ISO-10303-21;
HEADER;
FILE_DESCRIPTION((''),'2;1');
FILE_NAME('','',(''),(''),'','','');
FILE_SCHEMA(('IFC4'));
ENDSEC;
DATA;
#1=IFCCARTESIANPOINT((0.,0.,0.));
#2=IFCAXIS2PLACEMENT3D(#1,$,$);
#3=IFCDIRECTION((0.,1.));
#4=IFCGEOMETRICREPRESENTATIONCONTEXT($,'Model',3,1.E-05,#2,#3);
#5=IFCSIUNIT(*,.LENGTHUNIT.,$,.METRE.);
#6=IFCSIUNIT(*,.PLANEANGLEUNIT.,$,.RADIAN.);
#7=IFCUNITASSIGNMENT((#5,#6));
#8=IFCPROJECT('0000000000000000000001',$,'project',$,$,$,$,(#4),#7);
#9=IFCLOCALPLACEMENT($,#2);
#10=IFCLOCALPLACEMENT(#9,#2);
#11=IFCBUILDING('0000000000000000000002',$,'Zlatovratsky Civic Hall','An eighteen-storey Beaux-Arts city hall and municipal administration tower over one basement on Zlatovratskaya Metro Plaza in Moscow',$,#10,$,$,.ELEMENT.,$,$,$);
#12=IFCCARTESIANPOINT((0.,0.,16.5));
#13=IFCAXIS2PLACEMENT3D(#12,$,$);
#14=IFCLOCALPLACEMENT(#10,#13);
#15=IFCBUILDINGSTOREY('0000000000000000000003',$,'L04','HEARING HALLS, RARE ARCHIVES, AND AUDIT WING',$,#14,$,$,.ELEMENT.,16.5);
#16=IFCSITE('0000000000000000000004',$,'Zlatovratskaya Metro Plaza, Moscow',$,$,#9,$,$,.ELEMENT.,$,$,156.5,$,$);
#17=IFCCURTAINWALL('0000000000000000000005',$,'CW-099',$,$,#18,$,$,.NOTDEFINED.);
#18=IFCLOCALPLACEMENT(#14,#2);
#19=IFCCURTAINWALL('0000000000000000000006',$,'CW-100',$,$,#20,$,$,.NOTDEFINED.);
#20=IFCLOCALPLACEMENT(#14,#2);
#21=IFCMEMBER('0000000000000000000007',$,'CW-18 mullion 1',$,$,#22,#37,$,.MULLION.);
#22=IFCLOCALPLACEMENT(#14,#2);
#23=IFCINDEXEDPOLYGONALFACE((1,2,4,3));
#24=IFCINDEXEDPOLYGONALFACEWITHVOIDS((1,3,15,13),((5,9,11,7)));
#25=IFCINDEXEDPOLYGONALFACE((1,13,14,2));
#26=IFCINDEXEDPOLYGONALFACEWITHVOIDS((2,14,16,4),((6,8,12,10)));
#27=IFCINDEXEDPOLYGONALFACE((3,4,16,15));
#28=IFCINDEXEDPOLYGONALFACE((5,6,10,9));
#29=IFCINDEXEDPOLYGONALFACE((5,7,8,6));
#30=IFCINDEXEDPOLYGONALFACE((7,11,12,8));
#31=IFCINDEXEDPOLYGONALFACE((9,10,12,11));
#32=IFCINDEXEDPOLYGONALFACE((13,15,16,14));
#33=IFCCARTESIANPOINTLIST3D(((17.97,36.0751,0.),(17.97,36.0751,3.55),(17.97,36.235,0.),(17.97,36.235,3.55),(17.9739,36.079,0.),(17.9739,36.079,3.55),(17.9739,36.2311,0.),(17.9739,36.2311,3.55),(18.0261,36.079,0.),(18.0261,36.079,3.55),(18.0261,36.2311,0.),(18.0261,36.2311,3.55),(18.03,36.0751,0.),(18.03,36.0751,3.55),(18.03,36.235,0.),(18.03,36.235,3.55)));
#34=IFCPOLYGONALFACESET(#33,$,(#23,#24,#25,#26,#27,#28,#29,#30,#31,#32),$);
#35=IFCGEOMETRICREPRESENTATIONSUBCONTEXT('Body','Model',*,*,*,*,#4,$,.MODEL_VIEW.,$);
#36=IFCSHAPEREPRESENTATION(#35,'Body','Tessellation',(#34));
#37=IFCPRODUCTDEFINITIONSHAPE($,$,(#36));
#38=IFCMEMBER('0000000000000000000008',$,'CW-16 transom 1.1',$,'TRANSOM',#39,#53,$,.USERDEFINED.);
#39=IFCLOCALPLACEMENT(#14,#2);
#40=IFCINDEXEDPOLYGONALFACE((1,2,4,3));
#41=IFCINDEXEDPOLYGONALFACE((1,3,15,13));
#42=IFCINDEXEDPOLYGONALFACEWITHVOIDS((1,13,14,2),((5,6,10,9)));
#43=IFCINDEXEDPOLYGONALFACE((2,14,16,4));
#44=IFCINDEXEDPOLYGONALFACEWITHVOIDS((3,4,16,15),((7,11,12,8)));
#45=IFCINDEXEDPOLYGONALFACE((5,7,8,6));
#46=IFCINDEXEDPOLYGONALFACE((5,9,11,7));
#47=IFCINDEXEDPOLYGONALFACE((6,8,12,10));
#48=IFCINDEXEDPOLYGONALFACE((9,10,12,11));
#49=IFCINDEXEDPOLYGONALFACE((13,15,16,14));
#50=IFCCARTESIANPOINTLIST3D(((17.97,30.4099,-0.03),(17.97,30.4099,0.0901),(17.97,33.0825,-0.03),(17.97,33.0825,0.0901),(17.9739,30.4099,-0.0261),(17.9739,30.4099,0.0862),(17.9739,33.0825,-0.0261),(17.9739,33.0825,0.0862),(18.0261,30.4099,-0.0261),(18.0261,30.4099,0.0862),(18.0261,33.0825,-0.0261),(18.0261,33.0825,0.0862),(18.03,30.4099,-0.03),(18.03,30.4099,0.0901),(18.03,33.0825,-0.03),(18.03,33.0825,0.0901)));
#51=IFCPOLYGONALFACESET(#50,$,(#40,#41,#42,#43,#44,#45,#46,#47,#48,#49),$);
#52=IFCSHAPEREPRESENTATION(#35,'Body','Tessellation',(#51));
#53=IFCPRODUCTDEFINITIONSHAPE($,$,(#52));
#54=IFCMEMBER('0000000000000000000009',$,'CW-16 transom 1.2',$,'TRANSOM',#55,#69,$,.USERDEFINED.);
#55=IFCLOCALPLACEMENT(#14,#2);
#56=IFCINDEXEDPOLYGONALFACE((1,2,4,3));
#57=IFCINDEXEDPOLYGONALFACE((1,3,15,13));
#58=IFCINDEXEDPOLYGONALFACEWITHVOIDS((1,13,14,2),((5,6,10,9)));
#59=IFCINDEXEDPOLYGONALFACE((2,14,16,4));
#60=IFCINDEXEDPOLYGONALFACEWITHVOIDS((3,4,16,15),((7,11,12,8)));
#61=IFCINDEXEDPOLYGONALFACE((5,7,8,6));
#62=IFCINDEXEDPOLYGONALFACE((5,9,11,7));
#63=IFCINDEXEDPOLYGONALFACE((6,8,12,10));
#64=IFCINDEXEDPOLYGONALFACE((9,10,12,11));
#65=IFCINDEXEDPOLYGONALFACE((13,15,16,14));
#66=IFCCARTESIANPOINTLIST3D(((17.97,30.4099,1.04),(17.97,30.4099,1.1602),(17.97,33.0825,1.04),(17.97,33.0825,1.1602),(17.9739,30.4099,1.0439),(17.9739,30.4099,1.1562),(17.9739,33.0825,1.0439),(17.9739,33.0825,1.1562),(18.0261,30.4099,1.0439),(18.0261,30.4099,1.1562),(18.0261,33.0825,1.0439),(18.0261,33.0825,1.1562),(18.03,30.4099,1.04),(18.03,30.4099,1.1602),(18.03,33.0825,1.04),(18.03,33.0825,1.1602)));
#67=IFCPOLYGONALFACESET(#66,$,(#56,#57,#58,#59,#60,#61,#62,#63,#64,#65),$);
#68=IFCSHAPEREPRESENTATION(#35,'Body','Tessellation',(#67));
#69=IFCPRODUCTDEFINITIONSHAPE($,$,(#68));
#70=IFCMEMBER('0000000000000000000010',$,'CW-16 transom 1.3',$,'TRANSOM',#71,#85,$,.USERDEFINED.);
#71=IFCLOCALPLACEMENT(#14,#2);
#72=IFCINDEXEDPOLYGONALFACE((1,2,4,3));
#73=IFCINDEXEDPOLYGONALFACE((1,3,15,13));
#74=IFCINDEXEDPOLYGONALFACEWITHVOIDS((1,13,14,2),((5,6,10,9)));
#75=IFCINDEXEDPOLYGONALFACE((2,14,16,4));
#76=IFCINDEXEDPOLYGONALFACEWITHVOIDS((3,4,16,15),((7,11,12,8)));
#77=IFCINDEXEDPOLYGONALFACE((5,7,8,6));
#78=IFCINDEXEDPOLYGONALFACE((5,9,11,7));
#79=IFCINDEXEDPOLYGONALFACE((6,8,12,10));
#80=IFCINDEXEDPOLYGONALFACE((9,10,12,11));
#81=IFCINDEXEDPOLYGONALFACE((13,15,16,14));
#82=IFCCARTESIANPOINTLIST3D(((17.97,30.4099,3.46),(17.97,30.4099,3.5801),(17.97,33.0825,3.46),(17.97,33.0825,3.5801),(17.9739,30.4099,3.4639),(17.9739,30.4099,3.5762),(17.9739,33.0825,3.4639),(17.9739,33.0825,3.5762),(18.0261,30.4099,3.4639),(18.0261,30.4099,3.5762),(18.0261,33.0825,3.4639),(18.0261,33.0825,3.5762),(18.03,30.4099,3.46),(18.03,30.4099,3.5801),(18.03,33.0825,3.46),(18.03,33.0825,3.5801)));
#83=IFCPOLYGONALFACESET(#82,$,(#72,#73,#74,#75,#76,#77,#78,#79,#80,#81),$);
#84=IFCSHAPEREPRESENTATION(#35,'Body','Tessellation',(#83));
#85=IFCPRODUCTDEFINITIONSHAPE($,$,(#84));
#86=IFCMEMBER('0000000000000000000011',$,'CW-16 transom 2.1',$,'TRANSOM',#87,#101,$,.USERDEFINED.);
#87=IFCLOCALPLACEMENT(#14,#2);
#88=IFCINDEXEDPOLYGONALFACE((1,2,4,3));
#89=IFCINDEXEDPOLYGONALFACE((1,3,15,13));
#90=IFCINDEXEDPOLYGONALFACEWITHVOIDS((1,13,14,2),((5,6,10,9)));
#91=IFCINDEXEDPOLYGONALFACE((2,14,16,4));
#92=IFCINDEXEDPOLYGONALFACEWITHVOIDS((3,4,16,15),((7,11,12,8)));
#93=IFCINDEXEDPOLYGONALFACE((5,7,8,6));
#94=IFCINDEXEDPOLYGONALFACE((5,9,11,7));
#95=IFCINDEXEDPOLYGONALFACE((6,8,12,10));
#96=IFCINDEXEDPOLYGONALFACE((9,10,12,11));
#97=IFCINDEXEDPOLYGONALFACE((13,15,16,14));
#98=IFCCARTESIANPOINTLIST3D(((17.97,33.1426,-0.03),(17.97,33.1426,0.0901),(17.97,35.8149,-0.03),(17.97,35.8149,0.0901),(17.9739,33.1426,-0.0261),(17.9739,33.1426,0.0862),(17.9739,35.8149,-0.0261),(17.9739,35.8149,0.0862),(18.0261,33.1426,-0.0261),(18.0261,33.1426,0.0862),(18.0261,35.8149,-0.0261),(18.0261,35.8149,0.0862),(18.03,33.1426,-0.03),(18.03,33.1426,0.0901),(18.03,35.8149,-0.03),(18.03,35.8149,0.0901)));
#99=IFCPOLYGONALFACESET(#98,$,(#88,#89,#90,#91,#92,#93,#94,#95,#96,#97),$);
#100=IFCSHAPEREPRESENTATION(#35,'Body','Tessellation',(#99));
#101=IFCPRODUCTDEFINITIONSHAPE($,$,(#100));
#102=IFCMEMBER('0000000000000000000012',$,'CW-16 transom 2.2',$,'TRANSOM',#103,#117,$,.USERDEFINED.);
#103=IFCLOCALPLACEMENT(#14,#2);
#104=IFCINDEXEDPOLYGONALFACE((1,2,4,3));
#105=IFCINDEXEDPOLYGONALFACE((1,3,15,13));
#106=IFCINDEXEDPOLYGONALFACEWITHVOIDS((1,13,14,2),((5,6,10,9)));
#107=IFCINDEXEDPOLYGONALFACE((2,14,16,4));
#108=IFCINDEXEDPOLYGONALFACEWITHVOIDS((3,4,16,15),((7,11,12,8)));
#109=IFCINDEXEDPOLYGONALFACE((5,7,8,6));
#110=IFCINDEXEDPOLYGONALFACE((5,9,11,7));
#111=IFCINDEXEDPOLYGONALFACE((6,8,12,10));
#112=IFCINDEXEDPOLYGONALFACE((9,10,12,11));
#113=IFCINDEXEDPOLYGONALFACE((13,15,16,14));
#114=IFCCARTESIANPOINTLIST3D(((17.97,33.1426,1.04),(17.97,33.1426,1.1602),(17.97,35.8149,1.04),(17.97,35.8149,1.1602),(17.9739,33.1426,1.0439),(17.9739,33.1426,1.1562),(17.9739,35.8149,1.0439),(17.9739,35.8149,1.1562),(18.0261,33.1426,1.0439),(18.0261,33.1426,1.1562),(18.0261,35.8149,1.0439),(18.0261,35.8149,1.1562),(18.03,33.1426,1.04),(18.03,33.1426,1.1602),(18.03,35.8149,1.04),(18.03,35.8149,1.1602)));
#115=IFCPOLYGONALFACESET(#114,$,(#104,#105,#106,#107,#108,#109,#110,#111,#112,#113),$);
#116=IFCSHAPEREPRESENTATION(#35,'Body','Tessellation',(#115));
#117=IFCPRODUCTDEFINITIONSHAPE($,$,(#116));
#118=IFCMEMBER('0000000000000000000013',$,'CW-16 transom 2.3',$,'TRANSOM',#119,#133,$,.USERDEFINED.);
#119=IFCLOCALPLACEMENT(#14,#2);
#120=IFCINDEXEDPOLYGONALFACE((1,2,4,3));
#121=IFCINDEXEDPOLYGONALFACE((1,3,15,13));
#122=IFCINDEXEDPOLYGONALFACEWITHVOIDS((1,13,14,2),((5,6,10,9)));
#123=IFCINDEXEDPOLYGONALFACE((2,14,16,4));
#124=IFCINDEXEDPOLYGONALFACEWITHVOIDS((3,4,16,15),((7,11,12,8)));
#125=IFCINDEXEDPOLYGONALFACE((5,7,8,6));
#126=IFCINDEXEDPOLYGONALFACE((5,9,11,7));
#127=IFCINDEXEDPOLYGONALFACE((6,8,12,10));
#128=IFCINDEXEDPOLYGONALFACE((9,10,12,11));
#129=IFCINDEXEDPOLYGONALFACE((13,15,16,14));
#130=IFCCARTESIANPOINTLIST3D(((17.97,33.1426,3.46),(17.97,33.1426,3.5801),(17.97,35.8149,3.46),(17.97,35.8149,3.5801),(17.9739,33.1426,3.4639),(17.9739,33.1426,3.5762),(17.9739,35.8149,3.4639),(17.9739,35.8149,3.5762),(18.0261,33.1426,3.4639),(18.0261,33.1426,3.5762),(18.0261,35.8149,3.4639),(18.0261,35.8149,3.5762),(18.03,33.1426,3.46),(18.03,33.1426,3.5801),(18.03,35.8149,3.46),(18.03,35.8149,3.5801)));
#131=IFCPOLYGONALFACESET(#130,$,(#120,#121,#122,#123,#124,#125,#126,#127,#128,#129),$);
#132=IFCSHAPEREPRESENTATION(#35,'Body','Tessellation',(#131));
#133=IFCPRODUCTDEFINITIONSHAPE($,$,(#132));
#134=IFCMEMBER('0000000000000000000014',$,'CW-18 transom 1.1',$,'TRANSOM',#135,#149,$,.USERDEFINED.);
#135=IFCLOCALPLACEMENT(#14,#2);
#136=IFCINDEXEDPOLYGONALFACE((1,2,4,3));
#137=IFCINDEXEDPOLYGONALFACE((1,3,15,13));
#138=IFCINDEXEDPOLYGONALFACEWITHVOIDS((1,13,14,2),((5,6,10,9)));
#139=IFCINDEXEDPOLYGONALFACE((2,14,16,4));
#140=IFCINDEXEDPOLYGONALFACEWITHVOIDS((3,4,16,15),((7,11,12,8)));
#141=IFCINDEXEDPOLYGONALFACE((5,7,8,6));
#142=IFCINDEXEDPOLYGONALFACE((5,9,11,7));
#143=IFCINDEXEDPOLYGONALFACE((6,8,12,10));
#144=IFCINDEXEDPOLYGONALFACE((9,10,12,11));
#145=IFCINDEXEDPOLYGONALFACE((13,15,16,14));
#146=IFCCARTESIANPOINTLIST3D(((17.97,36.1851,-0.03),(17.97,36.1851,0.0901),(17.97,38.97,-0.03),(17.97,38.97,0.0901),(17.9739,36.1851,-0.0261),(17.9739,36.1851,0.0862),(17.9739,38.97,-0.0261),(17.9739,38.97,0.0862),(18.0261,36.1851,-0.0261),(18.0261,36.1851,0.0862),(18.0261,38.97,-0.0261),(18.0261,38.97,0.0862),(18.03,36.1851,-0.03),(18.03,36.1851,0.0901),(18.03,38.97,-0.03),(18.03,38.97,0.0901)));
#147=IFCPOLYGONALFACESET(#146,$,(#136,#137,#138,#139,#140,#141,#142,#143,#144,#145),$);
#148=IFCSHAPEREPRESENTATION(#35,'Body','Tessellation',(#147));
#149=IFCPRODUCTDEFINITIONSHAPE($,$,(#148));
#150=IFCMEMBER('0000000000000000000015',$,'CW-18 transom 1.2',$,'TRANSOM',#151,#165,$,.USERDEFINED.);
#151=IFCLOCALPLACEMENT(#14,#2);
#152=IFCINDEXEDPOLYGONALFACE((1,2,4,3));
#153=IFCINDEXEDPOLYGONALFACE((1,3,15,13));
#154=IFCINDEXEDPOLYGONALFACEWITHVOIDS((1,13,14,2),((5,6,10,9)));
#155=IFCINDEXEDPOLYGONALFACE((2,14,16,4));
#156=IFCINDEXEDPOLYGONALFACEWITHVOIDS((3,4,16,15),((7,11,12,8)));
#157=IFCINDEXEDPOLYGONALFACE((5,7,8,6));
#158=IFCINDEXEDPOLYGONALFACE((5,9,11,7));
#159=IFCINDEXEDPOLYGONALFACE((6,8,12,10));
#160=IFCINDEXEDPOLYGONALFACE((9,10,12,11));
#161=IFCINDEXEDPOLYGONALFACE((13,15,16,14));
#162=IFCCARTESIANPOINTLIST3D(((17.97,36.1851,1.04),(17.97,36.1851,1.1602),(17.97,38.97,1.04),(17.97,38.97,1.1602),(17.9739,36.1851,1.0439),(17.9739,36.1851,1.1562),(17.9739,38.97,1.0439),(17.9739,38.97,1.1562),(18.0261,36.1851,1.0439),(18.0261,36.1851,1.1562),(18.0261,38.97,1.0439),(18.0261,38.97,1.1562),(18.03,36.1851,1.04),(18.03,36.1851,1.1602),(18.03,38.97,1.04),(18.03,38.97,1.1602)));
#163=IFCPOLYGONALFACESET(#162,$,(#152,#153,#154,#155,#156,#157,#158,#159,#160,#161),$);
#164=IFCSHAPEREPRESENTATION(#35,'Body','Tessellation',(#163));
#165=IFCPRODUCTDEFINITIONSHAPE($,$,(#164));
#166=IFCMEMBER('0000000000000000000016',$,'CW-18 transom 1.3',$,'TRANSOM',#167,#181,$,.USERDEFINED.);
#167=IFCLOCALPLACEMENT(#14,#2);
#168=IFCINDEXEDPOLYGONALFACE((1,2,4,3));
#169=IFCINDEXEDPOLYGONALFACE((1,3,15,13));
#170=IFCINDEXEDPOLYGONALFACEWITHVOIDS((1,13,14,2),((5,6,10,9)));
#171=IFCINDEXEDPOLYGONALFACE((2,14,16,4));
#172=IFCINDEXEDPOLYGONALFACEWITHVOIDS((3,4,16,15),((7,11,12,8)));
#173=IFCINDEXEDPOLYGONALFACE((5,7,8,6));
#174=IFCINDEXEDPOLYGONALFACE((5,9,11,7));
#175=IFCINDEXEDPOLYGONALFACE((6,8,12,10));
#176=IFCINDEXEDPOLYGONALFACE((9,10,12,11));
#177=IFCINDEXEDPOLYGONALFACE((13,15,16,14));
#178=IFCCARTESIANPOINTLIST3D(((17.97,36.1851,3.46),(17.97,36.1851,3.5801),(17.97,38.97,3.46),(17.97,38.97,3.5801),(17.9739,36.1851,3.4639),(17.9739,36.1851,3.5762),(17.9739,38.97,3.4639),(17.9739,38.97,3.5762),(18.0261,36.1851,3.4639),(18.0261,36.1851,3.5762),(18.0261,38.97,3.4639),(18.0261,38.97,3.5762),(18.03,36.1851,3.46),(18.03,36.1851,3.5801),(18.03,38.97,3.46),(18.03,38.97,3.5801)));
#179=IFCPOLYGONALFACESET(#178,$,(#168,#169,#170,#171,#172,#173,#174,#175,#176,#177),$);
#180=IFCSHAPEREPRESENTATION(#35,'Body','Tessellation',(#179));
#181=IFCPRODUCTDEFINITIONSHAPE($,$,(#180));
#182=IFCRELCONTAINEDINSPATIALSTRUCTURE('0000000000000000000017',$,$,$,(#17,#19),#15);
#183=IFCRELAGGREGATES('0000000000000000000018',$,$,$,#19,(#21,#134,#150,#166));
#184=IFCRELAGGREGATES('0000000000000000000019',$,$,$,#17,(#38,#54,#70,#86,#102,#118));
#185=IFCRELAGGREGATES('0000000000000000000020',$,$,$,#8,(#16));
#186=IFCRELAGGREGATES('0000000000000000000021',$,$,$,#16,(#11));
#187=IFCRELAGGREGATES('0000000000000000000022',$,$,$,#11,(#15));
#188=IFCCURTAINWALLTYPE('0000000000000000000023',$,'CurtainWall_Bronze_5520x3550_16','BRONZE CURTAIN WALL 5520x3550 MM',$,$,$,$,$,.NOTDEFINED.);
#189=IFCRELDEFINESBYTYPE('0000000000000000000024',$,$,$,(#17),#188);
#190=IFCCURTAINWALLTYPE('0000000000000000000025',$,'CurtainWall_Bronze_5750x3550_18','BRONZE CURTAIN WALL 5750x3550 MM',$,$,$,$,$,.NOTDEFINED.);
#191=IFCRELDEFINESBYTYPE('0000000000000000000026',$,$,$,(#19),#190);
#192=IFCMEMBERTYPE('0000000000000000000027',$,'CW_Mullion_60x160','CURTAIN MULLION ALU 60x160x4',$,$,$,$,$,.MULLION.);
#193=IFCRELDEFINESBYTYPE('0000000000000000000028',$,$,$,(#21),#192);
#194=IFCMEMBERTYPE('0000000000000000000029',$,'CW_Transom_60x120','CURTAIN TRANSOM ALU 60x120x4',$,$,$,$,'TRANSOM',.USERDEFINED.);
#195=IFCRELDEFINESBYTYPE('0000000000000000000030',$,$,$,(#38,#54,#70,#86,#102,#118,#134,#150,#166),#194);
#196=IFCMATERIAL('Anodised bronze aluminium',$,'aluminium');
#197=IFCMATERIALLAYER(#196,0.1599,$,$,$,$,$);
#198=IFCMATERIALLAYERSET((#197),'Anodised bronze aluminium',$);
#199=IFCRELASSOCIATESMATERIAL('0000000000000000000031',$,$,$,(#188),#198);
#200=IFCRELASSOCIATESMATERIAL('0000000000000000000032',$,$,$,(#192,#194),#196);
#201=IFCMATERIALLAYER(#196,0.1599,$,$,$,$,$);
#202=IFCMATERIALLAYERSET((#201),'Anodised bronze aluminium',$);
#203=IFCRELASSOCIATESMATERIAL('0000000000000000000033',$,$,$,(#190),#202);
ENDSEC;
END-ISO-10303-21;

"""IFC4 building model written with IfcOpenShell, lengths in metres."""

from ifc_helpers import new_model, si_unit, direction, frame, origin, origin_2d, place, context, subcontext, project, spatial, hollow_rectangle, extrude, material, layer, layer_set, material_profile, profile_set, type_object, element, aggregate, save


model = new_model("IFC4")

# Units and contexts
model_context = context("Model", 3, precision=1e-05, world=origin(), true_north=direction((0.0, 1.0)))
body_context = subcontext(model_context, "Body", "Model", "MODEL_VIEW")
ifc_project = project(units=[si_unit("LENGTHUNIT", "METRE"), si_unit("PLANEANGLEUNIT", "RADIAN")], contexts=[model_context])

# Site, building, storey
site_placement = place(None, origin())
site = spatial("IfcSite", under=ifc_project, at=site_placement, Name="Zlatovratskaya Metro Plaza, Moscow", CompositionType="ELEMENT", RefElevation=156.5)
building_placement = place(site_placement, origin())
building = spatial("IfcBuilding", under=site, at=building_placement, Name="Zlatovratsky Civic Hall", Description="An eighteen-storey Beaux-Arts city hall and municipal administration tower over one basement on Zlatovratskaya Metro Plaza in Moscow", CompositionType="ELEMENT")
storey_placement = place(building_placement, frame((0.0, 0.0, 16.5)))
storey = spatial("IfcBuildingStorey", under=building, at=storey_placement, Name="L04", Description="HEARING HALLS, RARE ARCHIVES, AND AUDIT WING", CompositionType="ELEMENT", Elevation=16.5)

# Curtain wall
ifc_material_1 = material(Name="Anodised bronze aluminium", Category="aluminium")
ifc_layer_1 = layer(ifc_material_1, 0.1599)
ifc_layer_set_1 = layer_set([ifc_layer_1], Name="Anodised bronze aluminium")
curtain_wall_type_1 = type_object("IfcCurtainWallType", Name="CurtainWall_Bronze_5520x3550_16", Description="BRONZE CURTAIN WALL 5520x3550 MM", PredefinedType="NOTDEFINED", material=ifc_layer_set_1)
curtain_wall_1_placement = place(storey_placement, origin())
curtain_wall_1 = element("IfcCurtainWall", 1, at=curtain_wall_1_placement, inside=storey, type_object=curtain_wall_type_1, Name="CW-099", PredefinedType="NOTDEFINED")
ifc_material_profile_1 = material_profile(ifc_material_1, hollow_rectangle(XDim=0.0601, YDim=0.1599, WallThickness=0.0039, at=origin_2d()), Name="ALU 60x160x4")
ifc_profile_set_1 = profile_set([ifc_material_profile_1], Name="Anodised bronze aluminium")
member_type_1 = type_object("IfcMemberType", Name="CW_Mullion_60x160", Description="CURTAIN MULLION ALU 60x160x4", PredefinedType="MULLION", material=ifc_profile_set_1)

# Curtain wall, member
ifc_layer_2 = layer(ifc_material_1, 0.1599)
ifc_layer_set_2 = layer_set([ifc_layer_2], Name="Anodised bronze aluminium")
curtain_wall_type_2 = type_object("IfcCurtainWallType", Name="CurtainWall_Bronze_5750x3550_18", Description="BRONZE CURTAIN WALL 5750x3550 MM", PredefinedType="NOTDEFINED", material=ifc_layer_set_2)
curtain_wall_2_placement = place(storey_placement, origin())
curtain_wall_2 = element("IfcCurtainWall", 2, at=curtain_wall_2_placement, inside=storey, type_object=curtain_wall_type_2, Name="CW-100", PredefinedType="NOTDEFINED")
member_1_placement = place(storey_placement, frame((18.0, 36.155, 0.0), z_axis=(0.0, 0.0, 1.0), x_axis=(-1.0, 0.0, 0.0)))
member_1 = element("IfcMember", 3, at=member_1_placement, type_object=member_type_1, Name="CW-18 mullion 1", PredefinedType="MULLION", context=body_context, shape_type="SweptSolid", body=[
    extrude(hollow_rectangle(XDim=0.0601, YDim=0.1599, WallThickness=0.0039, at=origin_2d()), origin(), (0.0, 0.0, 1.0), 3.55),
])

# Members
ifc_material_profile_2 = material_profile(ifc_material_1, hollow_rectangle(XDim=0.0601, YDim=0.1201, WallThickness=0.0039, at=origin_2d()), Name="ALU 60x120x4")
ifc_profile_set_2 = profile_set([ifc_material_profile_2], Name="Anodised bronze aluminium")
member_type_2 = type_object("IfcMemberType", Name="CW_Transom_60x120", Description="CURTAIN TRANSOM ALU 60x120x4", ElementType="TRANSOM", PredefinedType="USERDEFINED", material=ifc_profile_set_2)
member_2_placement = place(storey_placement, frame((18.0, 30.4099, 0.03), z_axis=(0.0, 1.0, 0.0), x_axis=(-1.0, 0.0, 0.0)))
member_2 = element("IfcMember", 4, at=member_2_placement, type_object=member_type_2, Name="CW-16 transom 1.1", ObjectType="TRANSOM", PredefinedType="USERDEFINED", context=body_context, shape_type="SweptSolid", body=[
    extrude(hollow_rectangle(XDim=0.0601, YDim=0.1201, WallThickness=0.0039, at=origin_2d()), origin(), (0.0, 0.0, 1.0), 2.6726),
])
member_3_placement = place(storey_placement, frame((18.0, 30.4099, 1.1001), z_axis=(0.0, 1.0, 0.0), x_axis=(-1.0, 0.0, 0.0)))
member_3 = element("IfcMember", 5, at=member_3_placement, type_object=member_type_2, Name="CW-16 transom 1.2", ObjectType="TRANSOM", PredefinedType="USERDEFINED", context=body_context, shape_type="SweptSolid", body=[
    extrude(hollow_rectangle(XDim=0.0601, YDim=0.1201, WallThickness=0.0039, at=origin_2d()), origin(), (0.0, 0.0, 1.0), 2.6726),
])
member_4_placement = place(storey_placement, frame((18.0, 30.4099, 3.52), z_axis=(0.0, 1.0, 0.0), x_axis=(-1.0, 0.0, 0.0)))
member_4 = element("IfcMember", 6, at=member_4_placement, type_object=member_type_2, Name="CW-16 transom 1.3", ObjectType="TRANSOM", PredefinedType="USERDEFINED", context=body_context, shape_type="SweptSolid", body=[
    extrude(hollow_rectangle(XDim=0.0601, YDim=0.1201, WallThickness=0.0039, at=origin_2d()), origin(), (0.0, 0.0, 1.0), 2.6726),
])
member_5_placement = place(storey_placement, frame((18.0, 33.1426, 0.03), z_axis=(0.0, 1.0, 0.0), x_axis=(-1.0, 0.0, 0.0)))
member_5 = element("IfcMember", 7, at=member_5_placement, type_object=member_type_2, Name="CW-16 transom 2.1", ObjectType="TRANSOM", PredefinedType="USERDEFINED", context=body_context, shape_type="SweptSolid", body=[
    extrude(hollow_rectangle(XDim=0.0601, YDim=0.1201, WallThickness=0.0039, at=origin_2d()), origin(), (0.0, 0.0, 1.0), 2.6724),
])
member_6_placement = place(storey_placement, frame((18.0, 33.1426, 1.1001), z_axis=(0.0, 1.0, 0.0), x_axis=(-1.0, 0.0, 0.0)))
member_6 = element("IfcMember", 8, at=member_6_placement, type_object=member_type_2, Name="CW-16 transom 2.2", ObjectType="TRANSOM", PredefinedType="USERDEFINED", context=body_context, shape_type="SweptSolid", body=[
    extrude(hollow_rectangle(XDim=0.0601, YDim=0.1201, WallThickness=0.0039, at=origin_2d()), origin(), (0.0, 0.0, 1.0), 2.6724),
])
member_7_placement = place(storey_placement, frame((18.0, 33.1426, 3.52), z_axis=(0.0, 1.0, 0.0), x_axis=(-1.0, 0.0, 0.0)))
member_7 = element("IfcMember", 9, at=member_7_placement, type_object=member_type_2, Name="CW-16 transom 2.3", ObjectType="TRANSOM", PredefinedType="USERDEFINED", context=body_context, shape_type="SweptSolid", body=[
    extrude(hollow_rectangle(XDim=0.0601, YDim=0.1201, WallThickness=0.0039, at=origin_2d()), origin(), (0.0, 0.0, 1.0), 2.6724),
])
member_8_placement = place(storey_placement, frame((18.0, 36.1851, 0.03), z_axis=(0.0, 1.0, 0.0), x_axis=(-1.0, 0.0, 0.0)))
member_8 = element("IfcMember", 10, at=member_8_placement, type_object=member_type_2, Name="CW-18 transom 1.1", ObjectType="TRANSOM", PredefinedType="USERDEFINED", context=body_context, shape_type="SweptSolid", body=[
    extrude(hollow_rectangle(XDim=0.0601, YDim=0.1201, WallThickness=0.0039, at=origin_2d()), origin(), (0.0, 0.0, 1.0), 2.7849),
])
member_9_placement = place(storey_placement, frame((18.0, 36.1851, 1.1001), z_axis=(0.0, 1.0, 0.0), x_axis=(-1.0, 0.0, 0.0)))
member_9 = element("IfcMember", 11, at=member_9_placement, type_object=member_type_2, Name="CW-18 transom 1.2", ObjectType="TRANSOM", PredefinedType="USERDEFINED", context=body_context, shape_type="SweptSolid", body=[
    extrude(hollow_rectangle(XDim=0.0601, YDim=0.1201, WallThickness=0.0039, at=origin_2d()), origin(), (0.0, 0.0, 1.0), 2.7849),
])
member_10_placement = place(storey_placement, frame((18.0, 36.1851, 3.52), z_axis=(0.0, 1.0, 0.0), x_axis=(-1.0, 0.0, 0.0)))
member_10 = element("IfcMember", 12, at=member_10_placement, type_object=member_type_2, Name="CW-18 transom 1.3", ObjectType="TRANSOM", PredefinedType="USERDEFINED", context=body_context, shape_type="SweptSolid", body=[
    extrude(hollow_rectangle(XDim=0.0601, YDim=0.1201, WallThickness=0.0039, at=origin_2d()), origin(), (0.0, 0.0, 1.0), 2.7849),
])
aggregate(curtain_wall_2, [member_1, member_8, member_9, member_10])

aggregate(curtain_wall_1, [member_2, member_3, member_4, member_5, member_6, member_7])

save(model, "model.ifc")
